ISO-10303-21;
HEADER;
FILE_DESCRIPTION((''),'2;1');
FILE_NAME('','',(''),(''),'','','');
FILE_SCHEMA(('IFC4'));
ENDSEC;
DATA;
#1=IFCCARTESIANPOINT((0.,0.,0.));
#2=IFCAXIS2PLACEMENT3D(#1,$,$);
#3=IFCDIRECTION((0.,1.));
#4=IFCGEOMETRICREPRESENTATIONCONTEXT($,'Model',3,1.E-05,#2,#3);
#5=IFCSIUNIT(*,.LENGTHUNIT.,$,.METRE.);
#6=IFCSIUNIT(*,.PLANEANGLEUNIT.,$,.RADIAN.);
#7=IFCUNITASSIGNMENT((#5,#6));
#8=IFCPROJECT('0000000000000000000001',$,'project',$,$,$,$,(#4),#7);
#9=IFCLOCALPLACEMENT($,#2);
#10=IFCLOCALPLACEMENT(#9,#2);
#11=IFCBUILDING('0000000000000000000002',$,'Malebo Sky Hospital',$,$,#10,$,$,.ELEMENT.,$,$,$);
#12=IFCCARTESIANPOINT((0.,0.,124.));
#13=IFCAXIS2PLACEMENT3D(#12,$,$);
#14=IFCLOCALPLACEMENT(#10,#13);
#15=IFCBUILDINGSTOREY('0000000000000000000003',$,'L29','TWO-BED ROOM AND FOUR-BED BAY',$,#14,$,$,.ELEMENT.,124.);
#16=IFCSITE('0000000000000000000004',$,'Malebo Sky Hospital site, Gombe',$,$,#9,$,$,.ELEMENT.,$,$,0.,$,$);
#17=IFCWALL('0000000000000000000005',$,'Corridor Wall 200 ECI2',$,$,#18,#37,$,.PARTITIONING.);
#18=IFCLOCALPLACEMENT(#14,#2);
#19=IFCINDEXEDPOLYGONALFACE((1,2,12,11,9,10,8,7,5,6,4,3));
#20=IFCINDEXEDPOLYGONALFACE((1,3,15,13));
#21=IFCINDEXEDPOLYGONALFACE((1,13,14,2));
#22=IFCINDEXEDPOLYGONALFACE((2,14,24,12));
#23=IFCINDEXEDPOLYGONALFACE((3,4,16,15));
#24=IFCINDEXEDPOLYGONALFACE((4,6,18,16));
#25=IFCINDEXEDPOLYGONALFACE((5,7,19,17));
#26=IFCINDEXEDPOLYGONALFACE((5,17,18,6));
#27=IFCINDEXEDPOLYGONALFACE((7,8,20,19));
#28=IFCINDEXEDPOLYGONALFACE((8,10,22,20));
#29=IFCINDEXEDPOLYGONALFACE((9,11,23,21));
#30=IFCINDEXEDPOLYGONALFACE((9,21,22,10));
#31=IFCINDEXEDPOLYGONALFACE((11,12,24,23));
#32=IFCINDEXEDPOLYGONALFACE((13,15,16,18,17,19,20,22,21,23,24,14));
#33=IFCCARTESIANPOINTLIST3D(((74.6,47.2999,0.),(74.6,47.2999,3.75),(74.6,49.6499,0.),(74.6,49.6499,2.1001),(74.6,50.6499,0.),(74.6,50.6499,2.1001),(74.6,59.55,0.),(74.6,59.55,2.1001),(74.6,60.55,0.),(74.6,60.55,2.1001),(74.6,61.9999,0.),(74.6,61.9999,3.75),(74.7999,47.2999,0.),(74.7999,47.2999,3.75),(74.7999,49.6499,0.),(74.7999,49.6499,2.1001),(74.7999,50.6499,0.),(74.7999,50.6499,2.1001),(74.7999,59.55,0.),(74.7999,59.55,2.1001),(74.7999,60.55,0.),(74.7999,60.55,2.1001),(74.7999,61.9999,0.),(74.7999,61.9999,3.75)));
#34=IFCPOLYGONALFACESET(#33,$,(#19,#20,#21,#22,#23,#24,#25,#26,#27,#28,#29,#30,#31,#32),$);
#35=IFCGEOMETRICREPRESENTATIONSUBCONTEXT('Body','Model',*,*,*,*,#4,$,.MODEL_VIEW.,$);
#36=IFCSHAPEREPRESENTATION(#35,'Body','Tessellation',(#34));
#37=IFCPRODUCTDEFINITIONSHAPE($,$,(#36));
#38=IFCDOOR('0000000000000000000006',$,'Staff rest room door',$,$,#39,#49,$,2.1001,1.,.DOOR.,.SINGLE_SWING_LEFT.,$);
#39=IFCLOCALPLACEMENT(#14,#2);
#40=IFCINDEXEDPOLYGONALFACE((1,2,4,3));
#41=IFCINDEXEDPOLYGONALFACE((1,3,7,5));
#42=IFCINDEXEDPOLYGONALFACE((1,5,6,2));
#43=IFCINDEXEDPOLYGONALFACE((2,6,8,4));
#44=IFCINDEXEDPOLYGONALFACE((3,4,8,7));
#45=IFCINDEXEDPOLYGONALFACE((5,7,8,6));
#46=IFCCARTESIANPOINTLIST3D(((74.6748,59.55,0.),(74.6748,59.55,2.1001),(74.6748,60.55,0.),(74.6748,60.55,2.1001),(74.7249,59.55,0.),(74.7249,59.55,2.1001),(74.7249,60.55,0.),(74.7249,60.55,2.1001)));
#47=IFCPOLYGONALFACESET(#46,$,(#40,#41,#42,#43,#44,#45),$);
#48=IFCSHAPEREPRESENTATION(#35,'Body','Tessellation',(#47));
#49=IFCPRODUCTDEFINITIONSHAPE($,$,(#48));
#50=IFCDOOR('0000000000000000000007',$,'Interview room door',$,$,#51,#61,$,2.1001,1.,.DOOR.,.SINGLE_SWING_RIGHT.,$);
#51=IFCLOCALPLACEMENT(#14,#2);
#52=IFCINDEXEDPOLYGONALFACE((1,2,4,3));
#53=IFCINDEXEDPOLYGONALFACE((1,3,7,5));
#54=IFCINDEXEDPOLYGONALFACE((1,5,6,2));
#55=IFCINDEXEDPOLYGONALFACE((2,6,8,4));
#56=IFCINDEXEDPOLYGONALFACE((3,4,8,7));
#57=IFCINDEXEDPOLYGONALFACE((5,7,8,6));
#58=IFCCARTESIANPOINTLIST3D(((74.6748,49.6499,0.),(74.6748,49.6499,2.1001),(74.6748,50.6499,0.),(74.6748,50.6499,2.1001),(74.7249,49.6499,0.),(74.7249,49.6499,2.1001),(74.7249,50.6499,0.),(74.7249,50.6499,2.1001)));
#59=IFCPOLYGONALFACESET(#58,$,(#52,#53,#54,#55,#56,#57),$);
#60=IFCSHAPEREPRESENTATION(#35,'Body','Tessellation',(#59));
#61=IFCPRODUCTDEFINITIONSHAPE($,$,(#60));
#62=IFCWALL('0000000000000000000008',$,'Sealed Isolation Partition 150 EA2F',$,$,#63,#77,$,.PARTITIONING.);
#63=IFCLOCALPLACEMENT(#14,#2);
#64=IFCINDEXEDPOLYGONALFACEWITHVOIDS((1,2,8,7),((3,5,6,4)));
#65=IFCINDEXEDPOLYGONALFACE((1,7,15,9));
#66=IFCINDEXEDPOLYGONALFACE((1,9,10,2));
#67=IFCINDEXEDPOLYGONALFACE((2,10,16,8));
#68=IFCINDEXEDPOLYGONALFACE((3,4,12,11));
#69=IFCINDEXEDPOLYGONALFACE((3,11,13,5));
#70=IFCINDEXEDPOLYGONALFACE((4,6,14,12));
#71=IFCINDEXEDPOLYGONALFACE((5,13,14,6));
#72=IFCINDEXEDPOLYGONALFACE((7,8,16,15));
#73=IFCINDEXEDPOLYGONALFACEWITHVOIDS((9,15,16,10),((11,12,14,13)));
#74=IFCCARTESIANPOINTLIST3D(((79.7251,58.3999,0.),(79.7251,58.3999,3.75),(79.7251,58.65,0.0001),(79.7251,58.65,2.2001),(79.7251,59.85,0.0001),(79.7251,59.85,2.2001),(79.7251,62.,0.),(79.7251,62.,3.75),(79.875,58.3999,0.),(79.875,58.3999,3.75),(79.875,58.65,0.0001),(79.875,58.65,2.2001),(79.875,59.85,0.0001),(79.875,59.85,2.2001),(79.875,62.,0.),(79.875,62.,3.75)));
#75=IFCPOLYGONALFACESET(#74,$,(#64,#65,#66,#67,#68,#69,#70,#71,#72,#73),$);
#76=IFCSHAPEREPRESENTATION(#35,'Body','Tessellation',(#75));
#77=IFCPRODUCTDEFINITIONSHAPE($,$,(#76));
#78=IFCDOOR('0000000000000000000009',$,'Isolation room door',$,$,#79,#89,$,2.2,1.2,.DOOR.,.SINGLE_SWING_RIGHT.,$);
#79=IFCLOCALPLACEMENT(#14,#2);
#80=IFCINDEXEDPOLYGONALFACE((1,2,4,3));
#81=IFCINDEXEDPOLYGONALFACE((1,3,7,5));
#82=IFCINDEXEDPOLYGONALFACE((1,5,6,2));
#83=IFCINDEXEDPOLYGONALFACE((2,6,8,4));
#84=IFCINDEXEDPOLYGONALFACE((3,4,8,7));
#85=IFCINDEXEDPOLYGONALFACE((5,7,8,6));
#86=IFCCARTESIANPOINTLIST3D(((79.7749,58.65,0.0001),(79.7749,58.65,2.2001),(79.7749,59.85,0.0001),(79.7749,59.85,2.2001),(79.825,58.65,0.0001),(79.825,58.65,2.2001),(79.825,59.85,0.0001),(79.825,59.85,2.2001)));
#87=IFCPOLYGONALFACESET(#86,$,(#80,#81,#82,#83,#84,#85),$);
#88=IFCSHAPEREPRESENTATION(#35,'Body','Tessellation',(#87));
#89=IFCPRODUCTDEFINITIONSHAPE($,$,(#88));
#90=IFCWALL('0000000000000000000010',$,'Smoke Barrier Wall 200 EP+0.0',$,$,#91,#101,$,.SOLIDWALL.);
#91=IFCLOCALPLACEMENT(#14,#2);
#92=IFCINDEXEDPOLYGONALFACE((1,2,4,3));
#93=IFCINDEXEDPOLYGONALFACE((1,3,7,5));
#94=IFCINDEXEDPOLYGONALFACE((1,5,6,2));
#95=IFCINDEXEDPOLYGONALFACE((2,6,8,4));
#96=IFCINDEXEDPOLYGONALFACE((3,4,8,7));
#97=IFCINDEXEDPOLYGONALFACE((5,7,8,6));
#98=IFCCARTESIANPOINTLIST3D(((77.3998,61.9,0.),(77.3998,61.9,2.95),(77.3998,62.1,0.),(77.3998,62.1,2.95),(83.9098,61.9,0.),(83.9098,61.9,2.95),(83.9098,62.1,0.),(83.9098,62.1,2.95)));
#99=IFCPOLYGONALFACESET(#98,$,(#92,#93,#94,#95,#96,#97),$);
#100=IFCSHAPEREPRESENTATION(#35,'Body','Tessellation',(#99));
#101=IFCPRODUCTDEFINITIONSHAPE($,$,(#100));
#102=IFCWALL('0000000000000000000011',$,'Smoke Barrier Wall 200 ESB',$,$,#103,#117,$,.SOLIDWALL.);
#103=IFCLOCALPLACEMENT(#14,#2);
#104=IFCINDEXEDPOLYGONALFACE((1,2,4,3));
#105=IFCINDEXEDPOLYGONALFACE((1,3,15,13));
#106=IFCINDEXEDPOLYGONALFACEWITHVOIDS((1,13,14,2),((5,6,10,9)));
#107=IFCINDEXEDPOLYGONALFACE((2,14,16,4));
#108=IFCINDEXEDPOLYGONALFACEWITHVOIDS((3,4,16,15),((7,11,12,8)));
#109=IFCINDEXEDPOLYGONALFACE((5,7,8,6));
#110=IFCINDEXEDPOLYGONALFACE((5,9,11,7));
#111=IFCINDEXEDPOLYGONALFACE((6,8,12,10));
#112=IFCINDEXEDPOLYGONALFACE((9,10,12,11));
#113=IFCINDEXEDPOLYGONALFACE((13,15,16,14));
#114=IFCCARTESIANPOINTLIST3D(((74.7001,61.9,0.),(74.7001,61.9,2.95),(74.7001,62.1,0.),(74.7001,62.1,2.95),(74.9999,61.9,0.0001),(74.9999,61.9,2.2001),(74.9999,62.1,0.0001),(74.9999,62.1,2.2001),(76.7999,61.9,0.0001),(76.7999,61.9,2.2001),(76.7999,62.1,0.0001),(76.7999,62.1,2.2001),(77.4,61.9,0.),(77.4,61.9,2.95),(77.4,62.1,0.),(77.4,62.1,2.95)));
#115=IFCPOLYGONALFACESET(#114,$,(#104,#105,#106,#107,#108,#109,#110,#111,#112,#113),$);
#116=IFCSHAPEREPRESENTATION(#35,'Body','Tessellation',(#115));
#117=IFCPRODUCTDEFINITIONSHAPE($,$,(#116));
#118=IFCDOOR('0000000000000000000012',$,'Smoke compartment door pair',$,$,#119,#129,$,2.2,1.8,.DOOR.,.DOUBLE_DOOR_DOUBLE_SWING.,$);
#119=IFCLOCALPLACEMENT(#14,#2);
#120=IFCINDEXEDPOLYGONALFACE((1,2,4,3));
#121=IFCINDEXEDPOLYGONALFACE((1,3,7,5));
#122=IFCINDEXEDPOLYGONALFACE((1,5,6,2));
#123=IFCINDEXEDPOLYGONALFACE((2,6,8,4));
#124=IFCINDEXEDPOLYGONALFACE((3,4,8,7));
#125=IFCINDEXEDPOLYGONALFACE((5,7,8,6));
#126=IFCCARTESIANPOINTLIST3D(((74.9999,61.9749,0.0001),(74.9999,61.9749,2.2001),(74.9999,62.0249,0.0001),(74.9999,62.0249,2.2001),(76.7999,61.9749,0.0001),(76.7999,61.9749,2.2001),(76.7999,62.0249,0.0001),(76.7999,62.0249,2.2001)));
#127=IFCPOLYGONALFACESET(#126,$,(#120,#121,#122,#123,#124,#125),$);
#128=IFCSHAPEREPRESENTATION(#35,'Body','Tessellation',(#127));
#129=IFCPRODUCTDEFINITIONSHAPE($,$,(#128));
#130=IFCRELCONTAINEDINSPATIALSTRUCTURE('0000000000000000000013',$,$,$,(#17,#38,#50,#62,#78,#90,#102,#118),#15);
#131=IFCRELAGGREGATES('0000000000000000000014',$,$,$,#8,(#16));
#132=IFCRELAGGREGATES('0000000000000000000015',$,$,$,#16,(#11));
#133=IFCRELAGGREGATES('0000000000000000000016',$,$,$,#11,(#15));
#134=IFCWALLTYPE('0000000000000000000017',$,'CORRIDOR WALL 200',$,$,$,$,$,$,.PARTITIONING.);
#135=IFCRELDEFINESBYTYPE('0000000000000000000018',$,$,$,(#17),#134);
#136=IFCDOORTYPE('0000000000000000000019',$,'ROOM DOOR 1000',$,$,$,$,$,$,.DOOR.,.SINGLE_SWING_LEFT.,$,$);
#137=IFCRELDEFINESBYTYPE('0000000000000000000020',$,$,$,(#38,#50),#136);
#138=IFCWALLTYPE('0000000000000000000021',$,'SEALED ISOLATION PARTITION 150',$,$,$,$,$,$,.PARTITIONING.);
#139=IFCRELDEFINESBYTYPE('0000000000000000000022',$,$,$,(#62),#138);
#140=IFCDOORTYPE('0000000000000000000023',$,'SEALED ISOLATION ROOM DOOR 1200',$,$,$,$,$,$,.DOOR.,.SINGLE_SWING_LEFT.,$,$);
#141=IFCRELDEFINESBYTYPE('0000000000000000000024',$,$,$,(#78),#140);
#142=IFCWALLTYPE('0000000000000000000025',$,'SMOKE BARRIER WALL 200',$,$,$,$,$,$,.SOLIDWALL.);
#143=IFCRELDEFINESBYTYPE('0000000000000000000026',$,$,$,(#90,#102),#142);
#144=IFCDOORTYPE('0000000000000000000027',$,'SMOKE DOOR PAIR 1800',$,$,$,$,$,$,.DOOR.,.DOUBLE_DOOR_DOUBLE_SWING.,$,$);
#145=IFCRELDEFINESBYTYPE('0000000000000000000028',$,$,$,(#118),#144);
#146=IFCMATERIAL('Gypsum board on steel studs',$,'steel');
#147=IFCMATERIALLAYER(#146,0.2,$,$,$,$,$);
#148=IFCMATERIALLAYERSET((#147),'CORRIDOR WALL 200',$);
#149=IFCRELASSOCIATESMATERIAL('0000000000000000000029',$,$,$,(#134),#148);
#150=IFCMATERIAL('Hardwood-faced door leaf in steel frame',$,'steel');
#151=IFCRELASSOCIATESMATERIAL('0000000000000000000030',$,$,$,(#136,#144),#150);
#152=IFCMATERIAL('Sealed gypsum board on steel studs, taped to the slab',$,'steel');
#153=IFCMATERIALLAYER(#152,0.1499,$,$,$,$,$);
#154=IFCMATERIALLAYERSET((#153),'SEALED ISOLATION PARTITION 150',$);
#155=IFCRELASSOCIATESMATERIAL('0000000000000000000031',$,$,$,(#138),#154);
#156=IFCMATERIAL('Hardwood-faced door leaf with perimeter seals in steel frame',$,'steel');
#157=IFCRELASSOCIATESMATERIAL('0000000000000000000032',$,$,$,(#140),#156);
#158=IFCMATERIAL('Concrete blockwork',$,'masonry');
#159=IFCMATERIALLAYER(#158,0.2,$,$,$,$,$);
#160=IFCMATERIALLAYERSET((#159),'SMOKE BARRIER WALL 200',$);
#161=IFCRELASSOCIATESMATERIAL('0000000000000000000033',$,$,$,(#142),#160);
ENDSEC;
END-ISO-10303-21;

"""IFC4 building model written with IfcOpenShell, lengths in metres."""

from ifc_helpers import new_model, si_unit, direction, frame, frame_2d, origin, place, context, subcontext, project, spatial, rectangle, extrude, material, layer, layer_set, type_object, element, fill, save


model = new_model("IFC4")

# Units and contexts
model_context = context("Model", 3, precision=1e-05, world=origin(), true_north=direction((0.0, 1.0)))
body_context = subcontext(model_context, "Body", "Model", "MODEL_VIEW")
ifc_project = project(units=[si_unit("LENGTHUNIT", "METRE"), si_unit("PLANEANGLEUNIT", "RADIAN")], contexts=[model_context])

# Site, building, storey
site_placement = place(None, origin())
site = spatial("IfcSite", under=ifc_project, at=site_placement, Name="Malebo Sky Hospital site, Gombe", CompositionType="ELEMENT", RefElevation=0.0)
building_placement = place(site_placement, origin())
building = spatial("IfcBuilding", under=site, at=building_placement, Name="Malebo Sky Hospital", CompositionType="ELEMENT")
storey_placement = place(building_placement, frame((0.0, 0.0, 124.0)))
storey = spatial("IfcBuildingStorey", under=building, at=storey_placement, Name="L29", Description="TWO-BED ROOM AND FOUR-BED BAY", CompositionType="ELEMENT", Elevation=124.0)

# Wall, openings, doors
ifc_material_1 = material(Name="Gypsum board on steel studs", Category="steel")
ifc_layer_1 = layer(ifc_material_1, 0.2)
ifc_layer_set_1 = layer_set([ifc_layer_1], Name="CORRIDOR WALL 200")
wall_type_1 = type_object("IfcWallType", Name="CORRIDOR WALL 200", PredefinedType="PARTITIONING", material=ifc_layer_set_1)
wall_1_placement = place(storey_placement, frame((74.7, 62.0, 0.0), z_axis=(0.0, 0.0, 1.0), x_axis=(0.0, -1.0, 0.0)))
wall_1 = element("IfcWall", 1, at=wall_1_placement, inside=storey, type_object=wall_type_1, Name="Corridor Wall 200 ECI2", PredefinedType="PARTITIONING", context=body_context, shape_type="SweptSolid", body=[
    extrude(rectangle(XDim=14.7, YDim=0.2, at=frame_2d((7.3501, 0.0))), origin(), (0.0, 0.0, 1.0), 3.75),
])
opening_1_placement = place(wall_1_placement, frame((1.45, 0.0, 0.0)))
opening_1 = element("IfcOpeningElement", 2, at=opening_1_placement, cuts=wall_1, PredefinedType="OPENING", context=body_context, shape_type="SweptSolid", body=[
    extrude(rectangle(XDim=1.0, YDim=2.1001, at=frame_2d((0.5, 1.05))), frame((0.0, 0.1099, 0.0), z_axis=(0.0, -1.0, 0.0), x_axis=(1.0, 0.0, 0.0)), (0.0, 0.0, 1.0), 0.22),
])
opening_2_placement = place(wall_1_placement, frame((11.3501, 0.0, 0.0)))
opening_2 = element("IfcOpeningElement", 3, at=opening_2_placement, cuts=wall_1, PredefinedType="OPENING", context=body_context, shape_type="SweptSolid", body=[
    extrude(rectangle(XDim=1.0, YDim=2.1001, at=frame_2d((0.5, 1.05))), frame((0.0, 0.1099, 0.0), z_axis=(0.0, -1.0, 0.0), x_axis=(1.0, 0.0, 0.0)), (0.0, 0.0, 1.0), 0.22),
])
ifc_material_2 = material(Name="Hardwood-faced door leaf in steel frame", Category="steel")
door_type_1 = type_object("IfcDoorType", Name="ROOM DOOR 1000", OperationType="SINGLE_SWING_LEFT", PredefinedType="DOOR", material=ifc_material_2)
door_1_placement = place(opening_1_placement, origin())
door_1 = element("IfcDoor", 4, at=door_1_placement, inside=storey, type_object=door_type_1, Name="Staff rest room door", OperationType="SINGLE_SWING_LEFT", OverallHeight=2.1001, OverallWidth=1.0, PredefinedType="DOOR", context=body_context, shape_type="SweptSolid", body=[
    extrude(rectangle(XDim=1.0, YDim=2.1001, at=frame_2d((0.5, 1.05))), frame((0.0, 0.0249, 0.0), z_axis=(0.0, -1.0, 0.0), x_axis=(1.0, 0.0, 0.0)), (0.0, 0.0, 1.0), 0.05),
])
fill(opening_1, door_1)
door_2_placement = place(opening_2_placement, origin())
door_2 = element("IfcDoor", 5, at=door_2_placement, inside=storey, type_object=door_type_1, Name="Interview room door", OperationType="SINGLE_SWING_RIGHT", OverallHeight=2.1001, OverallWidth=1.0, PredefinedType="DOOR", context=body_context, shape_type="SweptSolid", body=[
    extrude(rectangle(XDim=1.0, YDim=2.1001, at=frame_2d((0.5, 1.05))), frame((0.0, 0.0249, 0.0), z_axis=(0.0, -1.0, 0.0), x_axis=(1.0, 0.0, 0.0)), (0.0, 0.0, 1.0), 0.05),
])
fill(opening_2, door_2)

# Wall, opening, door
ifc_material_3 = material(Name="Sealed gypsum board on steel studs, taped to the slab", Category="steel")
ifc_layer_2 = layer(ifc_material_3, 0.1499)
ifc_layer_set_2 = layer_set([ifc_layer_2], Name="SEALED ISOLATION PARTITION 150")
wall_type_2 = type_object("IfcWallType", Name="SEALED ISOLATION PARTITION 150", PredefinedType="PARTITIONING", material=ifc_layer_set_2)
wall_2_placement = place(storey_placement, frame((79.8, 62.0, 0.0), z_axis=(0.0, 0.0, 1.0), x_axis=(0.0, -1.0, 0.0)))
wall_2 = element("IfcWall", 6, at=wall_2_placement, inside=storey, type_object=wall_type_2, Name="Sealed Isolation Partition 150 EA2F", PredefinedType="PARTITIONING", context=body_context, shape_type="SweptSolid", body=[
    extrude(rectangle(XDim=3.6001, YDim=0.1499, at=frame_2d((1.8, 0.0))), origin(), (0.0, 0.0, 1.0), 3.75),
])
opening_3_placement = place(wall_2_placement, frame((2.1499, 0.0, 0.0)))
opening_3 = element("IfcOpeningElement", 7, at=opening_3_placement, cuts=wall_2, PredefinedType="OPENING", context=body_context, shape_type="SweptSolid", body=[
    extrude(rectangle(XDim=1.2, YDim=2.2, at=frame_2d((0.6001, 1.1001))), frame((0.0, 0.085, 0.0), z_axis=(0.0, -1.0, 0.0), x_axis=(1.0, 0.0, 0.0)), (0.0, 0.0, 1.0), 0.1699),
])
ifc_material_4 = material(Name="Hardwood-faced door leaf with perimeter seals in steel frame", Category="steel")
door_type_2 = type_object("IfcDoorType", Name="SEALED ISOLATION ROOM DOOR 1200", OperationType="SINGLE_SWING_LEFT", PredefinedType="DOOR", material=ifc_material_4)
door_3_placement = place(opening_3_placement, origin())
door_3 = element("IfcDoor", 8, at=door_3_placement, inside=storey, type_object=door_type_2, Name="Isolation room door", OperationType="SINGLE_SWING_RIGHT", OverallHeight=2.2, OverallWidth=1.2, PredefinedType="DOOR", context=body_context, shape_type="SweptSolid", body=[
    extrude(rectangle(XDim=1.2, YDim=2.2, at=frame_2d((0.6001, 1.1001))), frame((0.0, 0.0249, 0.0), z_axis=(0.0, -1.0, 0.0), x_axis=(1.0, 0.0, 0.0)), (0.0, 0.0, 1.0), 0.05),
])
fill(opening_3, door_3)

# Wall
ifc_material_5 = material(Name="Concrete blockwork", Category="masonry")
ifc_layer_3 = layer(ifc_material_5, 0.2)
ifc_layer_set_3 = layer_set([ifc_layer_3], Name="SMOKE BARRIER WALL 200")
wall_type_3 = type_object("IfcWallType", Name="SMOKE BARRIER WALL 200", PredefinedType="SOLIDWALL", material=ifc_layer_set_3)
wall_3_placement = place(storey_placement, frame((77.3999, 62.0, 0.0), z_axis=(0.0, 0.0, 1.0), x_axis=(1.0, 0.0, 0.0)))
element("IfcWall", 9, at=wall_3_placement, inside=storey, type_object=wall_type_3, Name="Smoke Barrier Wall 200 EP+0.0", PredefinedType="SOLIDWALL", context=body_context, shape_type="SweptSolid", body=[
    extrude(rectangle(XDim=6.51, YDim=0.2, at=frame_2d((3.2549, 0.0))), origin(), (0.0, 0.0, 1.0), 2.95),
])

# Wall, opening, door
wall_4_placement = place(storey_placement, frame((74.7, 62.0, 0.0), z_axis=(0.0, 0.0, 1.0), x_axis=(1.0, 0.0, 0.0)))
wall_4 = element("IfcWall", 10, at=wall_4_placement, inside=storey, type_object=wall_type_3, Name="Smoke Barrier Wall 200 ESB", PredefinedType="SOLIDWALL", context=body_context, shape_type="SweptSolid", body=[
    extrude(rectangle(XDim=2.7, YDim=0.2, at=frame_2d((1.3501, 0.0))), origin(), (0.0, 0.0, 1.0), 2.95),
])
opening_4_placement = place(wall_4_placement, frame((0.3, 0.0, 0.0)))
opening_4 = element("IfcOpeningElement", 11, at=opening_4_placement, cuts=wall_4, PredefinedType="OPENING", context=body_context, shape_type="SweptSolid", body=[
    extrude(rectangle(XDim=1.8, YDim=2.2, at=frame_2d((0.8999, 1.1001))), frame((0.0, 0.1099, 0.0), z_axis=(0.0, -1.0, 0.0), x_axis=(1.0, 0.0, 0.0)), (0.0, 0.0, 1.0), 0.22),
])
door_type_3 = type_object("IfcDoorType", Name="SMOKE DOOR PAIR 1800", OperationType="DOUBLE_DOOR_DOUBLE_SWING", PredefinedType="DOOR", material=ifc_material_2)
door_4_placement = place(opening_4_placement, origin())
door_4 = element("IfcDoor", 12, at=door_4_placement, inside=storey, type_object=door_type_3, Name="Smoke compartment door pair", OperationType="DOUBLE_DOOR_DOUBLE_SWING", OverallHeight=2.2, OverallWidth=1.8, PredefinedType="DOOR", context=body_context, shape_type="SweptSolid", body=[
    extrude(rectangle(XDim=1.8, YDim=2.2, at=frame_2d((0.8999, 1.1001))), frame((0.0, 0.0249, 0.0), z_axis=(0.0, -1.0, 0.0), x_axis=(1.0, 0.0, 0.0)), (0.0, 0.0, 1.0), 0.05),
])
fill(opening_4, door_4)

save(model, "model.ifc")
